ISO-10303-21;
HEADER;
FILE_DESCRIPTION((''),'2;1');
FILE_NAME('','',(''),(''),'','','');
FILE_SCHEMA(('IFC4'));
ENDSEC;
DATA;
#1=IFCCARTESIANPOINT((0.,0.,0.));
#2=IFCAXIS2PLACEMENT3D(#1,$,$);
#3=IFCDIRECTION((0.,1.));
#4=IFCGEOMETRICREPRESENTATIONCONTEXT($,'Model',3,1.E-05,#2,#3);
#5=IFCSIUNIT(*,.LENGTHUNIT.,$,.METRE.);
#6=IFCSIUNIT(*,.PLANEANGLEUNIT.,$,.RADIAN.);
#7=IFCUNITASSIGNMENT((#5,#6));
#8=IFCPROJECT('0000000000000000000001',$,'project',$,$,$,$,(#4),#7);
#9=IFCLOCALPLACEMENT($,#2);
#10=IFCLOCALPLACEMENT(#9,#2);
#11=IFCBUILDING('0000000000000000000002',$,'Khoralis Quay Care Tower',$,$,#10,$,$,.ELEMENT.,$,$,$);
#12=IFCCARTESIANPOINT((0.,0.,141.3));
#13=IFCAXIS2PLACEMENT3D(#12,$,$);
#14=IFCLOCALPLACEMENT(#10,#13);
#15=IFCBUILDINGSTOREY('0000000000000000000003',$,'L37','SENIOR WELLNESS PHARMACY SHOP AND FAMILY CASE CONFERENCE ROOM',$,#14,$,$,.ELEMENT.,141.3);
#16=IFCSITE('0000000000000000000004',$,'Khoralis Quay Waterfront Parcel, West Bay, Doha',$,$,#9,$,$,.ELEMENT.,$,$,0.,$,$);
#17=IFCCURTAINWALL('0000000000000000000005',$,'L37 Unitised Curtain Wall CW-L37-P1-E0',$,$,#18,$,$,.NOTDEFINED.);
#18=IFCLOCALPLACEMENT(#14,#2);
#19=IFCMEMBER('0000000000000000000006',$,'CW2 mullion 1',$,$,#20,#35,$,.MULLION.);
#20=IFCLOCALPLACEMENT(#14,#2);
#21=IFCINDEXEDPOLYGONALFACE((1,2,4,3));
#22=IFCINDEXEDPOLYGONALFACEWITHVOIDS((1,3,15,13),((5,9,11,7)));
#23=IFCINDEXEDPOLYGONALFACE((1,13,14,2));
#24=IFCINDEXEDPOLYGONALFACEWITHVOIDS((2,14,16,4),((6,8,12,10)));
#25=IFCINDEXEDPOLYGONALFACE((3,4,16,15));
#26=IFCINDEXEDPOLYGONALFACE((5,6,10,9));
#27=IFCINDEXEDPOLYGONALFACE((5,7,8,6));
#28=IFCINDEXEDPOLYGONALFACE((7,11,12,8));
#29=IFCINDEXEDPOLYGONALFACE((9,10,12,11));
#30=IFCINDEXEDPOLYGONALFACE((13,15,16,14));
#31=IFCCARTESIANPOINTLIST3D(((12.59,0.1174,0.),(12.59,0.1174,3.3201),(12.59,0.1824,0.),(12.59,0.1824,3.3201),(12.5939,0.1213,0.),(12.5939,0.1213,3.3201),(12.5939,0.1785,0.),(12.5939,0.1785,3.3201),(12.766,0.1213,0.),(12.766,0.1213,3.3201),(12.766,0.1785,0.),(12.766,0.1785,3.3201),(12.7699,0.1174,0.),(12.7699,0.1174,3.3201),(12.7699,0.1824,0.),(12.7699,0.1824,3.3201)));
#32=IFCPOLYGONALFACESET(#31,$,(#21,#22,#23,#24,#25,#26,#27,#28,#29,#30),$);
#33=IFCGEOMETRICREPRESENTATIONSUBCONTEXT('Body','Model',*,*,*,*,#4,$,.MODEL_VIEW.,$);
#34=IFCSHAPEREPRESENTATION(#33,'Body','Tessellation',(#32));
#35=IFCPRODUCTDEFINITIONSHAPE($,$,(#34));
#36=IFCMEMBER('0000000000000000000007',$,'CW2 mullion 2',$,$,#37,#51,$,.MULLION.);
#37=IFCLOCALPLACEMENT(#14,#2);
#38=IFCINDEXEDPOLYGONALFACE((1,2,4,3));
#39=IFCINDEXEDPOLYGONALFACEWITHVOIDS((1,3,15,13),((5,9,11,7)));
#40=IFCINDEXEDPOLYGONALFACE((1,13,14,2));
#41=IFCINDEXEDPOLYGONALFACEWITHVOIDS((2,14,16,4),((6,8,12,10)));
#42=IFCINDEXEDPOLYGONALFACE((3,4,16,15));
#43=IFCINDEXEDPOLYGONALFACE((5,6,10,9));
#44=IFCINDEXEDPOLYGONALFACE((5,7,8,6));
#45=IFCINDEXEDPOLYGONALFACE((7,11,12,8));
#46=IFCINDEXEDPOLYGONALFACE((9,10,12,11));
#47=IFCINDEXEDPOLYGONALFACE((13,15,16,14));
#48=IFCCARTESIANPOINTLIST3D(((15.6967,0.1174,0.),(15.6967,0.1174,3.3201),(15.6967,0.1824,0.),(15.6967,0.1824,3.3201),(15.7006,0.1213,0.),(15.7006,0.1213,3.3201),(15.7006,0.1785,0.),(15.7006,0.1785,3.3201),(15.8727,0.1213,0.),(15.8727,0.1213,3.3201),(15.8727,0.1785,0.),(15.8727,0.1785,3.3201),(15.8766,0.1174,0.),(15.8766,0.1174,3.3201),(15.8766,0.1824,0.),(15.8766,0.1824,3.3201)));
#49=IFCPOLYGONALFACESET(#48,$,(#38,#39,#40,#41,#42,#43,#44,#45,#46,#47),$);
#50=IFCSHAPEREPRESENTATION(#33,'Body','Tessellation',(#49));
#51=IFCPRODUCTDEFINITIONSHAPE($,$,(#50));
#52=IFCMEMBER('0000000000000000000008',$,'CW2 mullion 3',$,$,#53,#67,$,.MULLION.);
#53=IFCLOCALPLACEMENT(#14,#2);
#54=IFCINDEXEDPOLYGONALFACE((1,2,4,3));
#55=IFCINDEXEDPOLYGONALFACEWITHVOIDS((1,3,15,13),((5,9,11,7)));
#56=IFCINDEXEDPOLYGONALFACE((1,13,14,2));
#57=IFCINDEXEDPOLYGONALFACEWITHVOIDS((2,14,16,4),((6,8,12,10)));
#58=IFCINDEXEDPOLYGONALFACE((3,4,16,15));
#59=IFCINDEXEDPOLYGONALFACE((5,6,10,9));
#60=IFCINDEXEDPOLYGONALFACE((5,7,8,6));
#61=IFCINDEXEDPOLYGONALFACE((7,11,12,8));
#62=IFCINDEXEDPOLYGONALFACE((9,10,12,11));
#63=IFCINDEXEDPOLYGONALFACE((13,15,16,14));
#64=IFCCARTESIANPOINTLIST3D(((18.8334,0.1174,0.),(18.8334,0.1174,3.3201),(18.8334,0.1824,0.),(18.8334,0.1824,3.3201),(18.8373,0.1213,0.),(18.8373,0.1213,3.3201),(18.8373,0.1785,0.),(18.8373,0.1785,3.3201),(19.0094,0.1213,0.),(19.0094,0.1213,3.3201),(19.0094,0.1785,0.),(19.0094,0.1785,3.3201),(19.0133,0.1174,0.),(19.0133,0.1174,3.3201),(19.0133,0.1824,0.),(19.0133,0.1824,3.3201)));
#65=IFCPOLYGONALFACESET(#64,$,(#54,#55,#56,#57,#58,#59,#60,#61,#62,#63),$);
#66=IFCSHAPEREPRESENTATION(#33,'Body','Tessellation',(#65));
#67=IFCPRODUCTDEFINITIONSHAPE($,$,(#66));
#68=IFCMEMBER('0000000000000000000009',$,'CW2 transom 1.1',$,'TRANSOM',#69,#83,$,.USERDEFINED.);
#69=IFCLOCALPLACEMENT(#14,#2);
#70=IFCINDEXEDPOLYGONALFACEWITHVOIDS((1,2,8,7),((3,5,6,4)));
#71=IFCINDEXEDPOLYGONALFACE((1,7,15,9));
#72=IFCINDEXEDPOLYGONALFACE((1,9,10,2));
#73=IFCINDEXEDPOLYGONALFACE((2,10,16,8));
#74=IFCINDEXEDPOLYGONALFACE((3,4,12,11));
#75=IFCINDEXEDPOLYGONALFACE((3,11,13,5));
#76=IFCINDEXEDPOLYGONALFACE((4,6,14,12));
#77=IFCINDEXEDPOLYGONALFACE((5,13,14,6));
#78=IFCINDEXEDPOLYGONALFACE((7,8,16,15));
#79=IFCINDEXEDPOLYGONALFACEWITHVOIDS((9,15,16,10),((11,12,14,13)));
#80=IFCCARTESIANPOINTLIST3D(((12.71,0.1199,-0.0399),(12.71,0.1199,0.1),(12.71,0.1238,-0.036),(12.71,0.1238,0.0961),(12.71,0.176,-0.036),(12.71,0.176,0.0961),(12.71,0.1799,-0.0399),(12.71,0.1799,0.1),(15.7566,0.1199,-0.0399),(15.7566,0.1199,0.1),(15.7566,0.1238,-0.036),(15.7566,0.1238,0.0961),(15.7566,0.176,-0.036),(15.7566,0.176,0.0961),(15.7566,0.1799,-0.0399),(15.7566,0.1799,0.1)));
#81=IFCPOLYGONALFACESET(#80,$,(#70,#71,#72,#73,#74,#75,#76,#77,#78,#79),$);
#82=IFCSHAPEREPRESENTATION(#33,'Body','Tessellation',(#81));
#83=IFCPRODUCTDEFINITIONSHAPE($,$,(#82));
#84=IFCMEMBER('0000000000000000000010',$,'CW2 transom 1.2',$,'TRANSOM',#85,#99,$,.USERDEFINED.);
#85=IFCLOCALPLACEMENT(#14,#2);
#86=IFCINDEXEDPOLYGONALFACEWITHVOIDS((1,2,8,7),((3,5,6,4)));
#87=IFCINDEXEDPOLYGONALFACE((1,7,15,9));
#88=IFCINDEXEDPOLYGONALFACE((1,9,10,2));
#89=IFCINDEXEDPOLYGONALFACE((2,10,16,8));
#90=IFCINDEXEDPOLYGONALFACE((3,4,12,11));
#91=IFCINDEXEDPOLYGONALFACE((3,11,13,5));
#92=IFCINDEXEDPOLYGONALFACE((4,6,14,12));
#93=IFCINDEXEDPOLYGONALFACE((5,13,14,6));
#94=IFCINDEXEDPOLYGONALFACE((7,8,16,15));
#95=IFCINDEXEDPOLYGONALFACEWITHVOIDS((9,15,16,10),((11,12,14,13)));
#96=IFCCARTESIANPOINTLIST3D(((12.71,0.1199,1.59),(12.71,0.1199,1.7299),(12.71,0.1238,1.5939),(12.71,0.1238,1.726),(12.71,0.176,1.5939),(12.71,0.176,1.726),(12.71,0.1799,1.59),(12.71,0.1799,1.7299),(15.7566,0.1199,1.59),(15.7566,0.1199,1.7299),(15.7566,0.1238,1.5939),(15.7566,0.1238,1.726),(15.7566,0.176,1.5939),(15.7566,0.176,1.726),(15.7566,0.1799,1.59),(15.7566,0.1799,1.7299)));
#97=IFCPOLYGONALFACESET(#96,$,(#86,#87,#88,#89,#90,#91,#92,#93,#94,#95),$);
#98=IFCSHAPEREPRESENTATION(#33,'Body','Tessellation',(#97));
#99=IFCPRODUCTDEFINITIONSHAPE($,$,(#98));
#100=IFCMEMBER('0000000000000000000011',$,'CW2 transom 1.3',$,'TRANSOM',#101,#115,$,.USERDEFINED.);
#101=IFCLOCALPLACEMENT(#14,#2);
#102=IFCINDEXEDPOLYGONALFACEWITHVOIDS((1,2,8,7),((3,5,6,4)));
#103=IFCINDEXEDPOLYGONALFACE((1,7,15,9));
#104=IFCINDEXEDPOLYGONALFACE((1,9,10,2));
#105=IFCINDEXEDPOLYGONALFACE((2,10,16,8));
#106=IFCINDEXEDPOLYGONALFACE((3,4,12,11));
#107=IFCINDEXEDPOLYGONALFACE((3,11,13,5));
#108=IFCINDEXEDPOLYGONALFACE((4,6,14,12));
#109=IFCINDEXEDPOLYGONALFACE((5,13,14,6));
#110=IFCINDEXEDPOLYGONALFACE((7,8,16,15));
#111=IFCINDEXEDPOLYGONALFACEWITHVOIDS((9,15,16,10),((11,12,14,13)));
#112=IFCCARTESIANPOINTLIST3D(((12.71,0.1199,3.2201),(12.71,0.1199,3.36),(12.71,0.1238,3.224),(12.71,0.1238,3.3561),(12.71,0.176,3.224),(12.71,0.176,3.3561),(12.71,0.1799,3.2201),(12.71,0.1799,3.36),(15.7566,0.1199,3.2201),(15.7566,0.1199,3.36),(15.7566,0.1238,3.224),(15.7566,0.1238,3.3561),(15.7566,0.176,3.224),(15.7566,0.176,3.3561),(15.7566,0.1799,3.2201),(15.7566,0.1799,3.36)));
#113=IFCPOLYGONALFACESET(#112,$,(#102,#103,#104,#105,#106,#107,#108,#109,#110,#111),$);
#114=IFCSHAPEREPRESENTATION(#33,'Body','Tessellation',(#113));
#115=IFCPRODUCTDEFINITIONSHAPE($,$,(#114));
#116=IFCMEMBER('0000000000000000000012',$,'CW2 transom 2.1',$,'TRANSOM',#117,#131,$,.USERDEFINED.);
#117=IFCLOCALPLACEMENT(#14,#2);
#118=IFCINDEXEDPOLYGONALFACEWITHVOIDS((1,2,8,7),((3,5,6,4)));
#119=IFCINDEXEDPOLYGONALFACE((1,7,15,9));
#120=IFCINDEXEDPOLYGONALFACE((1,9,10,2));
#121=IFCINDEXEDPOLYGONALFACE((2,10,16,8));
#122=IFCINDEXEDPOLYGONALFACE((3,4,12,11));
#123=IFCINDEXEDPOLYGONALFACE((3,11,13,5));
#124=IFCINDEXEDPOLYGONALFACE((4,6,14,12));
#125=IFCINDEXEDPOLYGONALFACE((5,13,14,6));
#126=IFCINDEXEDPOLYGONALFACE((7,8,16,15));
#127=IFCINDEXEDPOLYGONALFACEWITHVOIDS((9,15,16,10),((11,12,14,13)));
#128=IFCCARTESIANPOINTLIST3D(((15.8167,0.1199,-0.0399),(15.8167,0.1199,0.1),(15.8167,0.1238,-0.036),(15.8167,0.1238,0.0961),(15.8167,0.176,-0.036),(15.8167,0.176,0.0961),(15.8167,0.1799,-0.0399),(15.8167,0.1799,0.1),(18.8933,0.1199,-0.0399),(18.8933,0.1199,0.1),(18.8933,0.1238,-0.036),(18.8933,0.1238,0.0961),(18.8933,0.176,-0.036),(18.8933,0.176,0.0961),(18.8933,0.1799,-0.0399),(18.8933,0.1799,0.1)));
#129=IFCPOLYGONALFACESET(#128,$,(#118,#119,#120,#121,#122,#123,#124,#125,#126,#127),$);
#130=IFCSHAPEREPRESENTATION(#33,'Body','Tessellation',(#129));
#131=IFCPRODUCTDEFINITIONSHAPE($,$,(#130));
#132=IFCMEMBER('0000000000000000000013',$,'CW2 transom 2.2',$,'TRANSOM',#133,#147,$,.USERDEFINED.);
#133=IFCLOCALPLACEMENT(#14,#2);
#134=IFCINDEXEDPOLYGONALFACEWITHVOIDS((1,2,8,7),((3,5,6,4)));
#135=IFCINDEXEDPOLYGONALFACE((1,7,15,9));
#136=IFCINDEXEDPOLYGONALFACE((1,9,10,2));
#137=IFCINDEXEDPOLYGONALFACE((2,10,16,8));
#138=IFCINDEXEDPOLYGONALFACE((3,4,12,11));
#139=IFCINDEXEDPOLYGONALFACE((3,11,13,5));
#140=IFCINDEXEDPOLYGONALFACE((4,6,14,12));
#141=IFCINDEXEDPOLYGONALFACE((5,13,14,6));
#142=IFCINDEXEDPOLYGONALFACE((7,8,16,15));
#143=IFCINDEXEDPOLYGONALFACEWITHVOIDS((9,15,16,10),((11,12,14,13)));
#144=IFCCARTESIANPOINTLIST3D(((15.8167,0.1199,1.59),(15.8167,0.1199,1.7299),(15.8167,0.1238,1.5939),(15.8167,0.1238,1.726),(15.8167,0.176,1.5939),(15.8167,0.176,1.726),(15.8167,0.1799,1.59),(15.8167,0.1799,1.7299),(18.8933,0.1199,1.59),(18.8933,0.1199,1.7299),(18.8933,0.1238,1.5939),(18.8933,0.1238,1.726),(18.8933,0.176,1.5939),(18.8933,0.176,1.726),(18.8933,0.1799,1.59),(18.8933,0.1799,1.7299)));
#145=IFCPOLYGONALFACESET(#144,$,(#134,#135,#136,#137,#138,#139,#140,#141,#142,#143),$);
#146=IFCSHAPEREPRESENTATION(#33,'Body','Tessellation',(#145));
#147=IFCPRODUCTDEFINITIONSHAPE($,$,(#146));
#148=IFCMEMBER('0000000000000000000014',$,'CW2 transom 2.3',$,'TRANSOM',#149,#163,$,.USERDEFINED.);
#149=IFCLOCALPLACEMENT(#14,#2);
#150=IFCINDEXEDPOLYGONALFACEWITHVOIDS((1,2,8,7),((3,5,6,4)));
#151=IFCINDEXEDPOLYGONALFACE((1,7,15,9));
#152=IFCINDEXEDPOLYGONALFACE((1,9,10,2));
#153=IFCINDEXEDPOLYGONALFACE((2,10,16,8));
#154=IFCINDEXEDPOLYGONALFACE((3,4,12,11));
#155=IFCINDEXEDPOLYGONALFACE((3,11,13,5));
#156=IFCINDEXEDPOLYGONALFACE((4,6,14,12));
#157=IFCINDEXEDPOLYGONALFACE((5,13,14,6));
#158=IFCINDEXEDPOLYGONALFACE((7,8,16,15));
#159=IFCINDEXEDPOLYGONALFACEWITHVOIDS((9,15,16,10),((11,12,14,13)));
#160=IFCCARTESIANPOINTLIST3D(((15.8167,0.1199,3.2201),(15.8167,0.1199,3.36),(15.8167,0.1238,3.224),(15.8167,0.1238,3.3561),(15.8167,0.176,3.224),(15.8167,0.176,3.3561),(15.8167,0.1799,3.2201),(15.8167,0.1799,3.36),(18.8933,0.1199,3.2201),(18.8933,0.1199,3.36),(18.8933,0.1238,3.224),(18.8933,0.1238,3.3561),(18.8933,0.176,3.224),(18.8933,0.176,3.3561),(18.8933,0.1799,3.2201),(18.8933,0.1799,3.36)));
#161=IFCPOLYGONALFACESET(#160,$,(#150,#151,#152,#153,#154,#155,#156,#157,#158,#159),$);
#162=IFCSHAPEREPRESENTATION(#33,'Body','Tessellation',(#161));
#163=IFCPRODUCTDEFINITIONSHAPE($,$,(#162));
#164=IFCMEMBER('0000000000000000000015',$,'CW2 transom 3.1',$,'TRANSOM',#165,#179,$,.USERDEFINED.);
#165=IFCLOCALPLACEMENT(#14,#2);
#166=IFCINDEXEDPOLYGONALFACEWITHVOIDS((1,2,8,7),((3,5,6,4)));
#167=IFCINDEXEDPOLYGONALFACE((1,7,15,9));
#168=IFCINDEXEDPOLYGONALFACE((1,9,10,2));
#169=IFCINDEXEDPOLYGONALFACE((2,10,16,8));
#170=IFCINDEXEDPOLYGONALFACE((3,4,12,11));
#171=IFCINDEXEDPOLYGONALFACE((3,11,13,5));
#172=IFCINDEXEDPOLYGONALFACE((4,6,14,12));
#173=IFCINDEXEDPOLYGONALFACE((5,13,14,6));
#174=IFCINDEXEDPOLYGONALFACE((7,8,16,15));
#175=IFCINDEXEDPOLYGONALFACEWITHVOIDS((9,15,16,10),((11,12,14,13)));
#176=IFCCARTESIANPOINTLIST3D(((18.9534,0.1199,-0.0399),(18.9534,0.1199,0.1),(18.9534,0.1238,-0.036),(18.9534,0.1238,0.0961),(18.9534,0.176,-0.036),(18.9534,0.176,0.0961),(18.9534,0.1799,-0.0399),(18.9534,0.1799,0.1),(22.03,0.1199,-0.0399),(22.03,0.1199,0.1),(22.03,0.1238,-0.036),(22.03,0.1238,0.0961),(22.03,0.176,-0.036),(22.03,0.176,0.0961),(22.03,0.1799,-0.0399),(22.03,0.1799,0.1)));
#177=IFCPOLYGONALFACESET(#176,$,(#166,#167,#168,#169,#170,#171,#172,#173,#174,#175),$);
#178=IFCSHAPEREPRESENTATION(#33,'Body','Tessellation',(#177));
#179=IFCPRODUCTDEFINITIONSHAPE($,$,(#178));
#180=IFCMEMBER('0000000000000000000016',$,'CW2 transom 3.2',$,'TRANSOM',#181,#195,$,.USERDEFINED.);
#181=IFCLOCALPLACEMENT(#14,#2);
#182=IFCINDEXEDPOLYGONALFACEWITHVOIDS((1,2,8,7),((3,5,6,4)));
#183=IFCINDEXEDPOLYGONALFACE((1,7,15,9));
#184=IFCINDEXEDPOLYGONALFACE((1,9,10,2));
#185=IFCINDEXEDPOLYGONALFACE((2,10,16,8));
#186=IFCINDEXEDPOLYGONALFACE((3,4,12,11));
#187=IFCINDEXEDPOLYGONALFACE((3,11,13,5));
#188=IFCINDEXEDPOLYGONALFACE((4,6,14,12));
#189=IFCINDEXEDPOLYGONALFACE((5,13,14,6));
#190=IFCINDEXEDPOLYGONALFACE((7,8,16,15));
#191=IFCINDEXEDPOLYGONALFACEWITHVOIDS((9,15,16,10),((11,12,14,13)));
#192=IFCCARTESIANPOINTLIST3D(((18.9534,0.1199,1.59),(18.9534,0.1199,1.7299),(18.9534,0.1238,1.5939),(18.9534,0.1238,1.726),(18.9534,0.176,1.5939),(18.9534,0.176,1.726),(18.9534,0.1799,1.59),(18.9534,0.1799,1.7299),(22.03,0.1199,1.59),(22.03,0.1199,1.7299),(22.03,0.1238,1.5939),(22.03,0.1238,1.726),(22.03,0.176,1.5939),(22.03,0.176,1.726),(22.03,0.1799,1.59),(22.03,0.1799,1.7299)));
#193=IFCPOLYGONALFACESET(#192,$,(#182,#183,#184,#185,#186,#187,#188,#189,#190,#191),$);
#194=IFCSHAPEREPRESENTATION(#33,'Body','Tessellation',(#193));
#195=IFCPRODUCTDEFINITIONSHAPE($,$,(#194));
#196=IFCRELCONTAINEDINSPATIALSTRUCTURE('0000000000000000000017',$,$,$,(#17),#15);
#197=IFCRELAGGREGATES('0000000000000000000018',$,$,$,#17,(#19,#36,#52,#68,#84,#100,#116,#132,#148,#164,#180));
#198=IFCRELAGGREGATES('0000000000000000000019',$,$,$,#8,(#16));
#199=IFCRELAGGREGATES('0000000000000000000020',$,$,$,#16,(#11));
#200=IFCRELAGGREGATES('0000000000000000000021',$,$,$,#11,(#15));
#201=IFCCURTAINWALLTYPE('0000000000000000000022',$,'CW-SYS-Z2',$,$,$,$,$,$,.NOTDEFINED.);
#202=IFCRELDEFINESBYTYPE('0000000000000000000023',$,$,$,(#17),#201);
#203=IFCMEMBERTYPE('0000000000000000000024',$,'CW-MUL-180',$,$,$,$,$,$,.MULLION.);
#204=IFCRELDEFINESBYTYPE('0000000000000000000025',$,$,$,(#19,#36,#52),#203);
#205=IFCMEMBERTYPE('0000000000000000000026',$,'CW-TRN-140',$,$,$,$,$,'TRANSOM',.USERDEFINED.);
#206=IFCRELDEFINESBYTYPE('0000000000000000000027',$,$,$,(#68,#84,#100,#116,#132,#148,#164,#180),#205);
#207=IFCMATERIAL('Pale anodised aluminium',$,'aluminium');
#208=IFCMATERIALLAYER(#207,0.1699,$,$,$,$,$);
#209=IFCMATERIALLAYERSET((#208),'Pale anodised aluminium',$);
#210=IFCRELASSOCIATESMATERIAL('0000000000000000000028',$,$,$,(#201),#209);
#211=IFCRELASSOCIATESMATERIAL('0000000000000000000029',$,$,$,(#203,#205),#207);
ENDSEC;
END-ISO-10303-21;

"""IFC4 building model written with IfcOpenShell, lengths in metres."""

from ifc_helpers import new_model, si_unit, direction, frame, origin, origin_2d, place, context, subcontext, project, spatial, hollow_rectangle, extrude, source, transform, mapped, material, layer, layer_set, material_profile, profile_set, type_object, element, aggregate, save


model = new_model("IFC4")

# Units and contexts
model_context = context("Model", 3, precision=1e-05, world=origin(), true_north=direction((0.0, 1.0)))
body_context = subcontext(model_context, "Body", "Model", "MODEL_VIEW")
ifc_project = project(units=[si_unit("LENGTHUNIT", "METRE"), si_unit("PLANEANGLEUNIT", "RADIAN")], contexts=[model_context])

# Site, building, storey
site_placement = place(None, origin())
site = spatial("IfcSite", under=ifc_project, at=site_placement, Name="Khoralis Quay Waterfront Parcel, West Bay, Doha", CompositionType="ELEMENT", RefElevation=0.0)
building_placement = place(site_placement, origin())
building = spatial("IfcBuilding", under=site, at=building_placement, Name="Khoralis Quay Care Tower", CompositionType="ELEMENT")
storey_placement = place(building_placement, frame((0.0, 0.0, 141.3)))
storey = spatial("IfcBuildingStorey", under=building, at=storey_placement, Name="L37", Description="SENIOR WELLNESS PHARMACY SHOP AND FAMILY CASE CONFERENCE ROOM", CompositionType="ELEMENT", Elevation=141.3)

# Curtain wall, members
ifc_material_1 = material(Name="Pale anodised aluminium", Category="aluminium")
ifc_layer_1 = layer(ifc_material_1, 0.1699)
ifc_layer_set_1 = layer_set([ifc_layer_1], Name="Pale anodised aluminium")
curtain_wall_type = type_object("IfcCurtainWallType", Name="CW-SYS-Z2", PredefinedType="NOTDEFINED", material=ifc_layer_set_1)
curtain_wall_placement = place(storey_placement, origin())
curtain_wall = element("IfcCurtainWall", 1, at=curtain_wall_placement, inside=storey, type_object=curtain_wall_type, Name="L37 Unitised Curtain Wall CW-L37-P1-E0", PredefinedType="NOTDEFINED")
ifc_material_profile_1 = material_profile(ifc_material_1, hollow_rectangle(XDim=0.0649, YDim=0.1799, WallThickness=0.0039, at=origin_2d()), Name="Pale anodised aluminium")
ifc_profile_set_1 = profile_set([ifc_material_profile_1], Name="Pale anodised aluminium")
member_type_1 = type_object("IfcMemberType", Name="CW-MUL-180", PredefinedType="MULLION", material=ifc_profile_set_1)
shared_shape_1 = source(origin(), body_context, "Body", "SweptSolid", [
    extrude(hollow_rectangle(XDim=0.0649, YDim=0.1799, WallThickness=0.0039, at=origin_2d()), origin(), (0.0, 0.0, 1.0), 3.3201),
])
member_1_placement = place(storey_placement, frame((12.6799, 0.1499, 0.0), z_axis=(0.0, 0.0, 1.0), x_axis=(0.0, 1.0, 0.0)))
member_1 = element("IfcMember", 2, at=member_1_placement, type_object=member_type_1, Name="CW2 mullion 1", PredefinedType="MULLION", context=body_context, shape_type="MappedRepresentation", body=[
    mapped(shared_shape_1, transform((0.0, 0.0, 0.0), scale=1.0)),
])
member_2_placement = place(storey_placement, frame((15.7866, 0.1499, 0.0), z_axis=(0.0, 0.0, 1.0), x_axis=(0.0, 1.0, 0.0)))
member_2 = element("IfcMember", 3, at=member_2_placement, type_object=member_type_1, Name="CW2 mullion 2", PredefinedType="MULLION", context=body_context, shape_type="MappedRepresentation", body=[
    mapped(shared_shape_1, transform((0.0, 0.0, 0.0), scale=1.0)),
])
member_3_placement = place(storey_placement, frame((18.9233, 0.1499, 0.0), z_axis=(0.0, 0.0, 1.0), x_axis=(0.0, 1.0, 0.0)))
member_3 = element("IfcMember", 4, at=member_3_placement, type_object=member_type_1, Name="CW2 mullion 3", PredefinedType="MULLION", context=body_context, shape_type="MappedRepresentation", body=[
    mapped(shared_shape_1, transform((0.0, 0.0, 0.0), scale=1.0)),
])
ifc_material_profile_2 = material_profile(ifc_material_1, hollow_rectangle(XDim=0.0601, YDim=0.1399, WallThickness=0.0039, at=origin_2d()), Name="Pale anodised aluminium")
ifc_profile_set_2 = profile_set([ifc_material_profile_2], Name="Pale anodised aluminium")
member_type_2 = type_object("IfcMemberType", Name="CW-TRN-140", ElementType="TRANSOM", PredefinedType="USERDEFINED", material=ifc_profile_set_2)
shared_shape_2 = source(origin(), body_context, "Body", "SweptSolid", [
    extrude(hollow_rectangle(XDim=0.0601, YDim=0.1399, WallThickness=0.0039, at=origin_2d()), origin(), (0.0, 0.0, 1.0), 3.0466),
])
member_4_placement = place(storey_placement, frame((12.71, 0.1499, 0.03), z_axis=(1.0, 0.0, 0.0), x_axis=(0.0, 1.0, 0.0)))
member_4 = element("IfcMember", 5, at=member_4_placement, type_object=member_type_2, Name="CW2 transom 1.1", ObjectType="TRANSOM", PredefinedType="USERDEFINED", context=body_context, shape_type="MappedRepresentation", body=[
    mapped(shared_shape_2, transform((0.0, 0.0, 0.0), scale=1.0)),
])
member_5_placement = place(storey_placement, frame((12.71, 0.1499, 1.6599), z_axis=(1.0, 0.0, 0.0), x_axis=(0.0, 1.0, 0.0)))
member_5 = element("IfcMember", 6, at=member_5_placement, type_object=member_type_2, Name="CW2 transom 1.2", ObjectType="TRANSOM", PredefinedType="USERDEFINED", context=body_context, shape_type="MappedRepresentation", body=[
    mapped(shared_shape_2, transform((0.0, 0.0, 0.0), scale=1.0)),
])
member_6_placement = place(storey_placement, frame((12.71, 0.1499, 3.29), z_axis=(1.0, 0.0, 0.0), x_axis=(0.0, 1.0, 0.0)))
member_6 = element("IfcMember", 7, at=member_6_placement, type_object=member_type_2, Name="CW2 transom 1.3", ObjectType="TRANSOM", PredefinedType="USERDEFINED", context=body_context, shape_type="MappedRepresentation", body=[
    mapped(shared_shape_2, transform((0.0, 0.0, 0.0), scale=1.0)),
])
shared_shape_3 = source(origin(), body_context, "Body", "SweptSolid", [
    extrude(hollow_rectangle(XDim=0.0601, YDim=0.1399, WallThickness=0.0039, at=origin_2d()), origin(), (0.0, 0.0, 1.0), 3.0767),
])
member_7_placement = place(storey_placement, frame((15.8167, 0.1499, 0.03), z_axis=(1.0, 0.0, 0.0), x_axis=(0.0, 1.0, 0.0)))
member_7 = element("IfcMember", 8, at=member_7_placement, type_object=member_type_2, Name="CW2 transom 2.1", ObjectType="TRANSOM", PredefinedType="USERDEFINED", context=body_context, shape_type="MappedRepresentation", body=[
    mapped(shared_shape_3, transform((0.0, 0.0, 0.0), scale=1.0)),
])
member_8_placement = place(storey_placement, frame((15.8167, 0.1499, 1.6599), z_axis=(1.0, 0.0, 0.0), x_axis=(0.0, 1.0, 0.0)))
member_8 = element("IfcMember", 9, at=member_8_placement, type_object=member_type_2, Name="CW2 transom 2.2", ObjectType="TRANSOM", PredefinedType="USERDEFINED", context=body_context, shape_type="MappedRepresentation", body=[
    mapped(shared_shape_3, transform((0.0, 0.0, 0.0), scale=1.0)),
])
member_9_placement = place(storey_placement, frame((15.8167, 0.1499, 3.29), z_axis=(1.0, 0.0, 0.0), x_axis=(0.0, 1.0, 0.0)))
member_9 = element("IfcMember", 10, at=member_9_placement, type_object=member_type_2, Name="CW2 transom 2.3", ObjectType="TRANSOM", PredefinedType="USERDEFINED", context=body_context, shape_type="MappedRepresentation", body=[
    mapped(shared_shape_3, transform((0.0, 0.0, 0.0), scale=1.0)),
])
member_10_placement = place(storey_placement, frame((18.9534, 0.1499, 0.03), z_axis=(1.0, 0.0, 0.0), x_axis=(0.0, 1.0, 0.0)))
member_10 = element("IfcMember", 11, at=member_10_placement, type_object=member_type_2, Name="CW2 transom 3.1", ObjectType="TRANSOM", PredefinedType="USERDEFINED", context=body_context, shape_type="MappedRepresentation", body=[
    mapped(shared_shape_3, transform((0.0, 0.0, 0.0), scale=1.0)),
])
member_11_placement = place(storey_placement, frame((18.9534, 0.1499, 1.6599), z_axis=(1.0, 0.0, 0.0), x_axis=(0.0, 1.0, 0.0)))
member_11 = element("IfcMember", 12, at=member_11_placement, type_object=member_type_2, Name="CW2 transom 3.2", ObjectType="TRANSOM", PredefinedType="USERDEFINED", context=body_context, shape_type="MappedRepresentation", body=[
    mapped(shared_shape_3, transform((0.0, 0.0, 0.0), scale=1.0)),
])
aggregate(curtain_wall, [member_1, member_2, member_3, member_4, member_5, member_6, member_7, member_8, member_9, member_10, member_11])

save(model, "model.ifc")
